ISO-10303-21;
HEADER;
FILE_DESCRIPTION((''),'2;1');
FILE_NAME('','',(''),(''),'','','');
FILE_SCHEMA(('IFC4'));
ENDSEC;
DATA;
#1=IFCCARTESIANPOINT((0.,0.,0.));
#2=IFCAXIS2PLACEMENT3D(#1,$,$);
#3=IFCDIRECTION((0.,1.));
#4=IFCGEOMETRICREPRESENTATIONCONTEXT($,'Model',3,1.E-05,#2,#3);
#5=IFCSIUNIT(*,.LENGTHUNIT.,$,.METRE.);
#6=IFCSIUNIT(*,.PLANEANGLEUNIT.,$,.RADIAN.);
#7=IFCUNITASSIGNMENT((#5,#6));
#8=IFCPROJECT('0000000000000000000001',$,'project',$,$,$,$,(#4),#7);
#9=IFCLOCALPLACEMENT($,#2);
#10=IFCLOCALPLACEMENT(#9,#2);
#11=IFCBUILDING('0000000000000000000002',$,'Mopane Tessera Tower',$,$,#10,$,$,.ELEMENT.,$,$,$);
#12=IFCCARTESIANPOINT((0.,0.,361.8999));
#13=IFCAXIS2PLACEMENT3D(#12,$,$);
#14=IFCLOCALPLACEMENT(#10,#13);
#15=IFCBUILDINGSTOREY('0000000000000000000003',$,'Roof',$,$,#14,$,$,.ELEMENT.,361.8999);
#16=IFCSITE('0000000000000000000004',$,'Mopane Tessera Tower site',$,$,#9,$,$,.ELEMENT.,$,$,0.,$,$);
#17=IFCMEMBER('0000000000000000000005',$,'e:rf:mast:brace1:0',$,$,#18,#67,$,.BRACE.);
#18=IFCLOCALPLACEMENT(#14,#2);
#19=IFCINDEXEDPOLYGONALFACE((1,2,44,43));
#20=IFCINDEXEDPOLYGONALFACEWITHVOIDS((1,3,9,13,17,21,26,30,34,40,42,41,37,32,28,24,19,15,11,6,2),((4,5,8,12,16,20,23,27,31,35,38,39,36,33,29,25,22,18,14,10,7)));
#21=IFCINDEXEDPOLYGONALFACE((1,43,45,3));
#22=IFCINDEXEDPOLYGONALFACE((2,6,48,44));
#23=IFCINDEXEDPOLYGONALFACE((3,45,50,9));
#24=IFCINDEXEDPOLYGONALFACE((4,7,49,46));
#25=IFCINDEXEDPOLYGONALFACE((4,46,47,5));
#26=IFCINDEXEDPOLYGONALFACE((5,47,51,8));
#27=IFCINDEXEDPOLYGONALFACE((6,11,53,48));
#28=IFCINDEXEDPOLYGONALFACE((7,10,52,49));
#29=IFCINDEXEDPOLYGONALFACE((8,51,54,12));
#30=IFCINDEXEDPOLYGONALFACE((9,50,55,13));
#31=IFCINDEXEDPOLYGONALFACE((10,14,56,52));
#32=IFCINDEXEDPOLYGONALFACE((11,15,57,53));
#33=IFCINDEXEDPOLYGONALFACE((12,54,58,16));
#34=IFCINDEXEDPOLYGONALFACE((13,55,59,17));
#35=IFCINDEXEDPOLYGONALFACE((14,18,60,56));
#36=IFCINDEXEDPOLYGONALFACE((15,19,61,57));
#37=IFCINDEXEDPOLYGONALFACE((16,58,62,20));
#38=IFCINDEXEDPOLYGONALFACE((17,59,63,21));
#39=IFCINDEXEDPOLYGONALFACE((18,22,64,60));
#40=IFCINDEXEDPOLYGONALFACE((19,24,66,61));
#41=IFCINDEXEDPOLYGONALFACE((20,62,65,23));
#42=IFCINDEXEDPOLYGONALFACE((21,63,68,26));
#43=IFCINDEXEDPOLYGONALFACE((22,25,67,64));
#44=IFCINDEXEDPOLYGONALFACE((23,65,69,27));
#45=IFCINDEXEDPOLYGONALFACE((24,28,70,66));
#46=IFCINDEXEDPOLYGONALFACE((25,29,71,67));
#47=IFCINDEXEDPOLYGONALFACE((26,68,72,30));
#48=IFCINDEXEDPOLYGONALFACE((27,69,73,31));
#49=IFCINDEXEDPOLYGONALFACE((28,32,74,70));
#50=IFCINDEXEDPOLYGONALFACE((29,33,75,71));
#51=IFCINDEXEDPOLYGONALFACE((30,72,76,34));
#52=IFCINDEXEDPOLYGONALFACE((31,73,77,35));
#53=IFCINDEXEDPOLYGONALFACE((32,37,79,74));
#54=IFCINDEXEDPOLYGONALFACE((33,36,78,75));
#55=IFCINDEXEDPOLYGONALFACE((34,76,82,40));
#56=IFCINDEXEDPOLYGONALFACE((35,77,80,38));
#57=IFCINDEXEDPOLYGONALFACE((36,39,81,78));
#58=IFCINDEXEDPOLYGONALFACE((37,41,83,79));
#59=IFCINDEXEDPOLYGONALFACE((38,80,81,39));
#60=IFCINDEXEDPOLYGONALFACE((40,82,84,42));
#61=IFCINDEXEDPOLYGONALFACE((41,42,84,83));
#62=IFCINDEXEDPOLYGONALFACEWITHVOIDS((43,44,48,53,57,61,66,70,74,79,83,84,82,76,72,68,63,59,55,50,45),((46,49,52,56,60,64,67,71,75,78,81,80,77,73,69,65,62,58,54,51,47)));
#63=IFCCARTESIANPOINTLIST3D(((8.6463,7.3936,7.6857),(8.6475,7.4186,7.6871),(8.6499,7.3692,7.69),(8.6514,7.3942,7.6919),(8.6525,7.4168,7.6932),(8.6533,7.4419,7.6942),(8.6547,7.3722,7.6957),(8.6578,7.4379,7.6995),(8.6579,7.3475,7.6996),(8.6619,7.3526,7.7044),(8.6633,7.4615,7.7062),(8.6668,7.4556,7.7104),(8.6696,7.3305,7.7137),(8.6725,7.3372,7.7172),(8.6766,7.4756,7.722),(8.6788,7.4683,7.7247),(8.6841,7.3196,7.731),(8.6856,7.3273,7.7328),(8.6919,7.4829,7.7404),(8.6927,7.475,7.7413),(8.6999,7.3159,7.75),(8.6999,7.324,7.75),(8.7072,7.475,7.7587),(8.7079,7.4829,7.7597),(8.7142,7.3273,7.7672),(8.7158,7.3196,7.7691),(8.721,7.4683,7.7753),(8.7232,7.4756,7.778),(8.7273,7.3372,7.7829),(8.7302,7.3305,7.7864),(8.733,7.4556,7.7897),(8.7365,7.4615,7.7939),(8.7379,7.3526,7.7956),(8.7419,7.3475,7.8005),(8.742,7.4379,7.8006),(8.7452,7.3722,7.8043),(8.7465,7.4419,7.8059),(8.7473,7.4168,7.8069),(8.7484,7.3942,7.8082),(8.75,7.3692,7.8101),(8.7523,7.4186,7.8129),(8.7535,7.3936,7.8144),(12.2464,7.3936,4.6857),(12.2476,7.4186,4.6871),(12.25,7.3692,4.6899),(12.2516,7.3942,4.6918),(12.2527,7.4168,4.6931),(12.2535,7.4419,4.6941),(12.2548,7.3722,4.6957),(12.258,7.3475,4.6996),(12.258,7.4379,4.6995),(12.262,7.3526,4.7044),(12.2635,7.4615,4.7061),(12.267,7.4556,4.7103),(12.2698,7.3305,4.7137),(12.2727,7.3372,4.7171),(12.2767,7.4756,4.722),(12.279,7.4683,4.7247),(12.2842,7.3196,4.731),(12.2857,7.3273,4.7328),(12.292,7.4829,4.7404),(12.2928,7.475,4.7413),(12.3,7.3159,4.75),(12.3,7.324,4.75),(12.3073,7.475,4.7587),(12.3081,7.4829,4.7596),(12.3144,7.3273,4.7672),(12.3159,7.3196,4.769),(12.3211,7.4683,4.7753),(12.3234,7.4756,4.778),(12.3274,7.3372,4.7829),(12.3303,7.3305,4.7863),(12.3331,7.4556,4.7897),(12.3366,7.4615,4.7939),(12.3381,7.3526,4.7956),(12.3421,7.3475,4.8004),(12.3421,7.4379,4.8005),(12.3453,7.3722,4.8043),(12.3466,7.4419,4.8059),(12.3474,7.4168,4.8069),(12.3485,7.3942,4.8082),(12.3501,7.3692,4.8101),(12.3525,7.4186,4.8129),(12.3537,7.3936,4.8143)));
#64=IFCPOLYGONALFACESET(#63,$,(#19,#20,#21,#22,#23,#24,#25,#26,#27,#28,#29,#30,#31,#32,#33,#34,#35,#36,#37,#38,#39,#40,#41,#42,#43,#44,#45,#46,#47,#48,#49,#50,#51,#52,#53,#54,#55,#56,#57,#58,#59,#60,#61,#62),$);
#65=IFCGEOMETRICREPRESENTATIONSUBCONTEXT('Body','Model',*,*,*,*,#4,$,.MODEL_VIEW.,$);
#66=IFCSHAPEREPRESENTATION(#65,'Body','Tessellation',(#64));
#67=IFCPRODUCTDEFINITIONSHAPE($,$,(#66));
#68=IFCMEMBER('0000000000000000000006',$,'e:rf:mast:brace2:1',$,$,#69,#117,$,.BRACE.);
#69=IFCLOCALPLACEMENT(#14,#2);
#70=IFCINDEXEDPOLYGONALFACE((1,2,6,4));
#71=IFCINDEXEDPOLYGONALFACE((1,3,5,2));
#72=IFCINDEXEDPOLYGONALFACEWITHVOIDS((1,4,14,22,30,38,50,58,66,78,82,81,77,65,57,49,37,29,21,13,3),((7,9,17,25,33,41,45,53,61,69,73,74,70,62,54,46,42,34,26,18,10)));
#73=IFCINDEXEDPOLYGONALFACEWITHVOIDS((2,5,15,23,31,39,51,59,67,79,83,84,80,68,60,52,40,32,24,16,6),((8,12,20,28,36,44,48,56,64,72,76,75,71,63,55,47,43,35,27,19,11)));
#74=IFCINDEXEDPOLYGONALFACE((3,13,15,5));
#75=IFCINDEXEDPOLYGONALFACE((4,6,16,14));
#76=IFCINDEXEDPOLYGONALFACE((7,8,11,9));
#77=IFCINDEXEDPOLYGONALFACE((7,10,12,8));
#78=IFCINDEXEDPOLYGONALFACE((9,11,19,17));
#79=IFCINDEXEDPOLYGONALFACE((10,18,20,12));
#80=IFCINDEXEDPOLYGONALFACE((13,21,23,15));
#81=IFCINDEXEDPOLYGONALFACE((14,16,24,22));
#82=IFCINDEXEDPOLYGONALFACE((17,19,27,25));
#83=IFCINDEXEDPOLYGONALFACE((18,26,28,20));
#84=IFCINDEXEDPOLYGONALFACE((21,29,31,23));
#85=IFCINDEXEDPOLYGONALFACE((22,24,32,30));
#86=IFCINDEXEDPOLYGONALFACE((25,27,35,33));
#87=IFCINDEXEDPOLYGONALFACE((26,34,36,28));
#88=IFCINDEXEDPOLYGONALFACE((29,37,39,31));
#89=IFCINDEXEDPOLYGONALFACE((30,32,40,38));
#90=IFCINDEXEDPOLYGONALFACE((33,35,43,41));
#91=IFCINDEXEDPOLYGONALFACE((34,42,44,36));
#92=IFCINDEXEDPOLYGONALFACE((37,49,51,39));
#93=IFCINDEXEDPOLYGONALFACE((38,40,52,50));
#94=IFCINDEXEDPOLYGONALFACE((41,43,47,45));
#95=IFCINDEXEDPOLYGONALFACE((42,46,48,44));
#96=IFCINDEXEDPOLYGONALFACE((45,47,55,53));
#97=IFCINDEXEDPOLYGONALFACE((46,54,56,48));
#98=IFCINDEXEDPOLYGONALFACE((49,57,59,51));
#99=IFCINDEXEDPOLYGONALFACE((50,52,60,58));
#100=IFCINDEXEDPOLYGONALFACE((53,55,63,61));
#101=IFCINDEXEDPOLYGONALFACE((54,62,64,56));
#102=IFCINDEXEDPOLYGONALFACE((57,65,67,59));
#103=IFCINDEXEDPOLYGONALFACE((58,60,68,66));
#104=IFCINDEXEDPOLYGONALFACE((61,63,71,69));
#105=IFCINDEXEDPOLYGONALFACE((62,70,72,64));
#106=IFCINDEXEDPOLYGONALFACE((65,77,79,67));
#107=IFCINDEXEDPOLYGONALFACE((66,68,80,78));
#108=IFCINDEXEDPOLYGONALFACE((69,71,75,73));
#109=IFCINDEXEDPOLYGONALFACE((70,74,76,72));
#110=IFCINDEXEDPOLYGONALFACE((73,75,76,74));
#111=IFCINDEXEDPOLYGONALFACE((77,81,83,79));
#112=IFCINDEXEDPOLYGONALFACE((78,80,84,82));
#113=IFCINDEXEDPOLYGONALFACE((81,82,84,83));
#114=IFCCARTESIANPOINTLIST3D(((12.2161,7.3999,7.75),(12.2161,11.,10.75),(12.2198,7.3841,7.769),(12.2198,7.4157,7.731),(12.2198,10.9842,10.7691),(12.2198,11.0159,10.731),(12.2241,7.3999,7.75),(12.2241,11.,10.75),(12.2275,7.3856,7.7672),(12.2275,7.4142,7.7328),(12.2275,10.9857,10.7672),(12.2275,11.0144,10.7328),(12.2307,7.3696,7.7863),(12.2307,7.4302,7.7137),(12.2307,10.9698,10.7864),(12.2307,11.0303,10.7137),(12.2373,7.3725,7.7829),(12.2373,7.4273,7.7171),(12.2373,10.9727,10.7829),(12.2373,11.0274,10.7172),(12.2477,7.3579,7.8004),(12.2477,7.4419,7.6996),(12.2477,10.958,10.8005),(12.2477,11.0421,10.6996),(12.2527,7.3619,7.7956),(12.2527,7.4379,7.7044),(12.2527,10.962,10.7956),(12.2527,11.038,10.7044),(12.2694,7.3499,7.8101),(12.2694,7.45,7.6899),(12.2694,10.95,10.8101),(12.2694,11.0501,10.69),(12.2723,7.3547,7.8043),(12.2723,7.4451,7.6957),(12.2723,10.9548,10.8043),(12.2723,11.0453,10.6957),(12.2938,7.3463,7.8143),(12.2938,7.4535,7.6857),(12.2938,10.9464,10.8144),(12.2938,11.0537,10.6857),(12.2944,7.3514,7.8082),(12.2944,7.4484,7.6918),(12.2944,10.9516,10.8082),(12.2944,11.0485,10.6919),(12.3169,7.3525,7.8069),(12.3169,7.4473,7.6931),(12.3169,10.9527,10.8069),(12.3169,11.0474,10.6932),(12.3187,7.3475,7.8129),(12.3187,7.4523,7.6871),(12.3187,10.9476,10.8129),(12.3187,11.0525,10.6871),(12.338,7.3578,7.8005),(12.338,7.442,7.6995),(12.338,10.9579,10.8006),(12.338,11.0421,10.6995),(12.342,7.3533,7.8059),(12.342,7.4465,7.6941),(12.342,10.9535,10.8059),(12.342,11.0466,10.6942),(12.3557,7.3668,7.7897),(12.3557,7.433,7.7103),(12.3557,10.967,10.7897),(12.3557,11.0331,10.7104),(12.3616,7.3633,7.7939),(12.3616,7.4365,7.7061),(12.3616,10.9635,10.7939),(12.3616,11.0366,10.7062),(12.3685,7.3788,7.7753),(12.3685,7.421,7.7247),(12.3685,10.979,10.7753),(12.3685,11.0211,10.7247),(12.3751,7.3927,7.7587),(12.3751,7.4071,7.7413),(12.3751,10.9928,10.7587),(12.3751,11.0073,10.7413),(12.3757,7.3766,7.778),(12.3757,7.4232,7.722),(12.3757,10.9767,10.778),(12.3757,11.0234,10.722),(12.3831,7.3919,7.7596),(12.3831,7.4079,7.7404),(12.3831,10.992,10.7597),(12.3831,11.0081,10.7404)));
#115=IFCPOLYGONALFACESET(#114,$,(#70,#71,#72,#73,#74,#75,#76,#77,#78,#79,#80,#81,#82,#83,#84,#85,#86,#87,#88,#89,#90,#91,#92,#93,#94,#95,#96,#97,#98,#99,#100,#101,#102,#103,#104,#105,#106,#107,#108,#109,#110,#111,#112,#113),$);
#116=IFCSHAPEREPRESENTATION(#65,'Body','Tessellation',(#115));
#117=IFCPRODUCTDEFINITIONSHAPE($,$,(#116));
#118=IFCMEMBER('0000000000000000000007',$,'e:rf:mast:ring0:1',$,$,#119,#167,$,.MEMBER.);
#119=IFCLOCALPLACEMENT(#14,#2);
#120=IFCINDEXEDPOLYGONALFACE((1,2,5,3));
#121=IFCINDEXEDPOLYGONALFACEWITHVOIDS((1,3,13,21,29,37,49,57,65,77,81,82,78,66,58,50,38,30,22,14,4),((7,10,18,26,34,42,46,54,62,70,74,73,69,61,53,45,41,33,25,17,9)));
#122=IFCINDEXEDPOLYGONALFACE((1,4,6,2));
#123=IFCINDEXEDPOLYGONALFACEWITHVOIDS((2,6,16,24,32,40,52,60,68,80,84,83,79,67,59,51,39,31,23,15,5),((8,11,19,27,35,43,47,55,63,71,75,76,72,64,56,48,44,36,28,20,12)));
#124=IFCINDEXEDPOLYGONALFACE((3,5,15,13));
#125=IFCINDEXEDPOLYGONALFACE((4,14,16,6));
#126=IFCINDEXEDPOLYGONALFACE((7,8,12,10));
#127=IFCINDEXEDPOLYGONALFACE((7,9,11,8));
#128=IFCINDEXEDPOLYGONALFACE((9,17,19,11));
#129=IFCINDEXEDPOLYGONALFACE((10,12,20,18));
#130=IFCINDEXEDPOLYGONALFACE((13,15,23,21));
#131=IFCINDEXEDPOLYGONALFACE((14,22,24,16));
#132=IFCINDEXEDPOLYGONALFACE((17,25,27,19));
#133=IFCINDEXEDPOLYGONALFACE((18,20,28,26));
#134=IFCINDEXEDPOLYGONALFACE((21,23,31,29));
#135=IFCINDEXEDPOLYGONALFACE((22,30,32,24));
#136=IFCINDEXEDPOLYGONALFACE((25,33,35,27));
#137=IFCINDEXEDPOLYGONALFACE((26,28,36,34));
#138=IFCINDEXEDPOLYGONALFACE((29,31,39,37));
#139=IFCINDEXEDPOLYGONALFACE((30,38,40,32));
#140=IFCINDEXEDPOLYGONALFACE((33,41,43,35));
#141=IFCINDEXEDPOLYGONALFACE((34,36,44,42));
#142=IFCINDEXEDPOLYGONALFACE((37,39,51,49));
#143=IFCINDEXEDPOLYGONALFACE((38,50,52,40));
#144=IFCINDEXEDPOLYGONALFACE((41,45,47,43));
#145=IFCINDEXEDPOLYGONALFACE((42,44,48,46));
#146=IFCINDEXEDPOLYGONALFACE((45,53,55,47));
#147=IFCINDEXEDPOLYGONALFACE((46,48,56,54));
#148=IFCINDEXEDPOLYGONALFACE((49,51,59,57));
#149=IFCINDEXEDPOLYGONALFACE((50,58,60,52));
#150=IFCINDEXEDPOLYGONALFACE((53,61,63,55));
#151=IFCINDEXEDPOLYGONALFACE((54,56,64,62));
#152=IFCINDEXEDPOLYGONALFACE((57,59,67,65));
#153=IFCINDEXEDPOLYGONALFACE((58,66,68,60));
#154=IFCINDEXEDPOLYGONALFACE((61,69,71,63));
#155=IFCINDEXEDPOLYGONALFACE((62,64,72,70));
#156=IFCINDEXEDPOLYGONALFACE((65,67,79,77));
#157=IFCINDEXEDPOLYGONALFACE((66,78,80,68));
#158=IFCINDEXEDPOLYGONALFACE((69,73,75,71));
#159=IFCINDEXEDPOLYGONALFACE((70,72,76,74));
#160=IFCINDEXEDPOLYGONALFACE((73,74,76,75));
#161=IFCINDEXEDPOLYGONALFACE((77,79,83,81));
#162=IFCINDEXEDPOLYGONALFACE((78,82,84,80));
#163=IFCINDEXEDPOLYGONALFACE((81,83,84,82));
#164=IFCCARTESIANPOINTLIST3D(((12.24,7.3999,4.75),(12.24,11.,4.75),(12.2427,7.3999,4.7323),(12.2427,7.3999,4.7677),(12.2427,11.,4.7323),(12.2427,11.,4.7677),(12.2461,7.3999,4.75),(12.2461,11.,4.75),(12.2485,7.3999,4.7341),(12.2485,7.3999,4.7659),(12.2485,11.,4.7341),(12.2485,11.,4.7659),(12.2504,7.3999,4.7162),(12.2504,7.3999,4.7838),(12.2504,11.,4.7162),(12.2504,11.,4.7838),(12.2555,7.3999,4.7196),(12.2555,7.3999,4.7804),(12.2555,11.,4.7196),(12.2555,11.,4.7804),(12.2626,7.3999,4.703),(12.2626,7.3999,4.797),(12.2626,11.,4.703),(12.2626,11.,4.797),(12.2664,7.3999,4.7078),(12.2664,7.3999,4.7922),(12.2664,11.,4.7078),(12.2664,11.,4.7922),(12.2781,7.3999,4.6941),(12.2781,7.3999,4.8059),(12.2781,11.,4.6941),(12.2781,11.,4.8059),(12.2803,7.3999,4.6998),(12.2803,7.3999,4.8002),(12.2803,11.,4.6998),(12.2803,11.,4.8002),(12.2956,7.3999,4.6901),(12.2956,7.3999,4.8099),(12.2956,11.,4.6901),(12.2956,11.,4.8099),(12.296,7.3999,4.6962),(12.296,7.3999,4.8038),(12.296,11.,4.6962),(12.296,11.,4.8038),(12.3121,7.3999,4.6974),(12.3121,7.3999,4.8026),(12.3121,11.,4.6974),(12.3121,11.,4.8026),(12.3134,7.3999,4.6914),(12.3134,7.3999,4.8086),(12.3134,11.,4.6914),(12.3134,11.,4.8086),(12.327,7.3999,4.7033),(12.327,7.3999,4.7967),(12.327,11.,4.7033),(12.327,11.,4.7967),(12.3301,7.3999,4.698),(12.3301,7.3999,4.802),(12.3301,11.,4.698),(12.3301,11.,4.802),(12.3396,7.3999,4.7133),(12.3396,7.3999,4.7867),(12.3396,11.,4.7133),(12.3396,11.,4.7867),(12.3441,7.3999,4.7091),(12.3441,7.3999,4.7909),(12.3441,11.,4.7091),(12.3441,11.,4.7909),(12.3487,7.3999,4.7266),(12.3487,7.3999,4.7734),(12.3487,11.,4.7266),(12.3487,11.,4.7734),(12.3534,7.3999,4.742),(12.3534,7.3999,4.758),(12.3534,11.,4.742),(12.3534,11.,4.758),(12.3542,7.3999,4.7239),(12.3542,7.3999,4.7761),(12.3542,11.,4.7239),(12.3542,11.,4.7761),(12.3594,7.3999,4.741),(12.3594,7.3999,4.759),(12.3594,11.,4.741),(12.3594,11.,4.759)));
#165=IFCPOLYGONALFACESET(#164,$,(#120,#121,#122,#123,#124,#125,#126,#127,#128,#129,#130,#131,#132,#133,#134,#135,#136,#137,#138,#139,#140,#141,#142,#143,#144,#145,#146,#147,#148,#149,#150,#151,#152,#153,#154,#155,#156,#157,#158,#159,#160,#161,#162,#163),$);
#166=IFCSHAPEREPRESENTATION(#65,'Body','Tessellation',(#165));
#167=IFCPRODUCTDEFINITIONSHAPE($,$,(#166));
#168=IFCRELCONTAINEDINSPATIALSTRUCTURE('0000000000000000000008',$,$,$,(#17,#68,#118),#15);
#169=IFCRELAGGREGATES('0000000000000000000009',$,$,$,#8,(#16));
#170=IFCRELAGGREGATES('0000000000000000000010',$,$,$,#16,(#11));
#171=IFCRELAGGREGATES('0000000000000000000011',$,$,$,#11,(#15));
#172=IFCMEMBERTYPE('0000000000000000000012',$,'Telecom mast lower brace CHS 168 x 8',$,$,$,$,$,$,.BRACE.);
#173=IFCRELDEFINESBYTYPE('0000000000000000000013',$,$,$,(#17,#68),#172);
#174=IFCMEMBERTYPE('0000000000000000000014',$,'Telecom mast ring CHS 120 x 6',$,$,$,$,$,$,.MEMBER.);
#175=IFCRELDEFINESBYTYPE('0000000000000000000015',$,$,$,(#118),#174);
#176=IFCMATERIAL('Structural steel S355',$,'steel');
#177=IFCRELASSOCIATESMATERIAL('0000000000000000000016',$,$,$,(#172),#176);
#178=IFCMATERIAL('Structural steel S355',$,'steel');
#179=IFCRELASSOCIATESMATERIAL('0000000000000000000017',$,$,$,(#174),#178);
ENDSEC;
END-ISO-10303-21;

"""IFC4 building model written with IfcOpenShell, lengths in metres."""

from ifc_helpers import new_model, si_unit, direction, frame, origin, origin_2d, place, context, subcontext, project, spatial, hollow_circle, extrude, material, material_profile, profile_set, type_object, element, save


model = new_model("IFC4")

# Units and contexts
model_context = context("Model", 3, precision=1e-05, world=origin(), true_north=direction((0.0, 1.0)))
body_context = subcontext(model_context, "Body", "Model", "MODEL_VIEW")
ifc_project = project(units=[si_unit("LENGTHUNIT", "METRE"), si_unit("PLANEANGLEUNIT", "RADIAN")], contexts=[model_context])

# Site, building, storey
site_placement = place(None, origin())
site = spatial("IfcSite", under=ifc_project, at=site_placement, Name="Mopane Tessera Tower site", CompositionType="ELEMENT", RefElevation=0.0)
building_placement = place(site_placement, origin())
building = spatial("IfcBuilding", under=site, at=building_placement, Name="Mopane Tessera Tower", CompositionType="ELEMENT")
storey_placement = place(building_placement, frame((0.0, 0.0, 361.8999)))
storey = spatial("IfcBuildingStorey", under=building, at=storey_placement, Name="Roof", CompositionType="ELEMENT", Elevation=361.8999)

# Members
ifc_material_1 = material(Name="Structural steel S355", Category="steel")
ifc_material_profile_1 = material_profile(ifc_material_1, hollow_circle(Radius=0.084, WallThickness=0.0081, at=origin_2d()))
ifc_profile_set_1 = profile_set([ifc_material_profile_1], Name="Structural steel S355")
member_type_1 = type_object("IfcMemberType", Name="Telecom mast lower brace CHS 168 x 8", PredefinedType="BRACE", material=ifc_profile_set_1)
for number, where, z_axis, x_axis, name in (
    (1, (12.3, 7.3999, 4.75), (-0.76823, 0.0, 0.640174), (0.0, -1.0, 0.0), "e:rf:mast:brace1:0"),
    (2, (12.3, 7.3999, 7.75), (0.0, 0.76823, 0.640174), (-1.0, 0.0, 0.0), "e:rf:mast:brace2:1"),
):
    element("IfcMember", number, at=place(storey_placement, frame(where, z_axis=z_axis, x_axis=x_axis)), inside=storey, type_object=member_type_1, Name=name, PredefinedType="BRACE", context=body_context, shape_type="SweptSolid", body=[
        extrude(hollow_circle(Radius=0.084, WallThickness=0.0081, at=origin_2d()), origin(), (0.0, 0.0, 1.0), 4.6863),
    ])
ifc_material_2 = material(Name="Structural steel S355", Category="steel")
ifc_material_profile_2 = material_profile(ifc_material_2, hollow_circle(Radius=0.0601, WallThickness=0.0061, at=origin_2d()))
ifc_profile_set_2 = profile_set([ifc_material_profile_2], Name="Structural steel S355")
member_type_2 = type_object("IfcMemberType", Name="Telecom mast ring CHS 120 x 6", PredefinedType="MEMBER", material=ifc_profile_set_2)
for number, where, z_axis, x_axis, name in (
    (3, (12.3, 7.3999, 4.75), (0.0, 1.0, 0.0), (-1.0, 0.0, 0.0), "e:rf:mast:ring0:1"),
):
    element("IfcMember", number, at=place(storey_placement, frame(where, z_axis=z_axis, x_axis=x_axis)), inside=storey, type_object=member_type_2, Name=name, PredefinedType="MEMBER", context=body_context, shape_type="SweptSolid", body=[
        extrude(hollow_circle(Radius=0.0601, WallThickness=0.0061, at=origin_2d()), origin(), (0.0, 0.0, 1.0), 3.6001),
    ])

save(model, "model.ifc")
